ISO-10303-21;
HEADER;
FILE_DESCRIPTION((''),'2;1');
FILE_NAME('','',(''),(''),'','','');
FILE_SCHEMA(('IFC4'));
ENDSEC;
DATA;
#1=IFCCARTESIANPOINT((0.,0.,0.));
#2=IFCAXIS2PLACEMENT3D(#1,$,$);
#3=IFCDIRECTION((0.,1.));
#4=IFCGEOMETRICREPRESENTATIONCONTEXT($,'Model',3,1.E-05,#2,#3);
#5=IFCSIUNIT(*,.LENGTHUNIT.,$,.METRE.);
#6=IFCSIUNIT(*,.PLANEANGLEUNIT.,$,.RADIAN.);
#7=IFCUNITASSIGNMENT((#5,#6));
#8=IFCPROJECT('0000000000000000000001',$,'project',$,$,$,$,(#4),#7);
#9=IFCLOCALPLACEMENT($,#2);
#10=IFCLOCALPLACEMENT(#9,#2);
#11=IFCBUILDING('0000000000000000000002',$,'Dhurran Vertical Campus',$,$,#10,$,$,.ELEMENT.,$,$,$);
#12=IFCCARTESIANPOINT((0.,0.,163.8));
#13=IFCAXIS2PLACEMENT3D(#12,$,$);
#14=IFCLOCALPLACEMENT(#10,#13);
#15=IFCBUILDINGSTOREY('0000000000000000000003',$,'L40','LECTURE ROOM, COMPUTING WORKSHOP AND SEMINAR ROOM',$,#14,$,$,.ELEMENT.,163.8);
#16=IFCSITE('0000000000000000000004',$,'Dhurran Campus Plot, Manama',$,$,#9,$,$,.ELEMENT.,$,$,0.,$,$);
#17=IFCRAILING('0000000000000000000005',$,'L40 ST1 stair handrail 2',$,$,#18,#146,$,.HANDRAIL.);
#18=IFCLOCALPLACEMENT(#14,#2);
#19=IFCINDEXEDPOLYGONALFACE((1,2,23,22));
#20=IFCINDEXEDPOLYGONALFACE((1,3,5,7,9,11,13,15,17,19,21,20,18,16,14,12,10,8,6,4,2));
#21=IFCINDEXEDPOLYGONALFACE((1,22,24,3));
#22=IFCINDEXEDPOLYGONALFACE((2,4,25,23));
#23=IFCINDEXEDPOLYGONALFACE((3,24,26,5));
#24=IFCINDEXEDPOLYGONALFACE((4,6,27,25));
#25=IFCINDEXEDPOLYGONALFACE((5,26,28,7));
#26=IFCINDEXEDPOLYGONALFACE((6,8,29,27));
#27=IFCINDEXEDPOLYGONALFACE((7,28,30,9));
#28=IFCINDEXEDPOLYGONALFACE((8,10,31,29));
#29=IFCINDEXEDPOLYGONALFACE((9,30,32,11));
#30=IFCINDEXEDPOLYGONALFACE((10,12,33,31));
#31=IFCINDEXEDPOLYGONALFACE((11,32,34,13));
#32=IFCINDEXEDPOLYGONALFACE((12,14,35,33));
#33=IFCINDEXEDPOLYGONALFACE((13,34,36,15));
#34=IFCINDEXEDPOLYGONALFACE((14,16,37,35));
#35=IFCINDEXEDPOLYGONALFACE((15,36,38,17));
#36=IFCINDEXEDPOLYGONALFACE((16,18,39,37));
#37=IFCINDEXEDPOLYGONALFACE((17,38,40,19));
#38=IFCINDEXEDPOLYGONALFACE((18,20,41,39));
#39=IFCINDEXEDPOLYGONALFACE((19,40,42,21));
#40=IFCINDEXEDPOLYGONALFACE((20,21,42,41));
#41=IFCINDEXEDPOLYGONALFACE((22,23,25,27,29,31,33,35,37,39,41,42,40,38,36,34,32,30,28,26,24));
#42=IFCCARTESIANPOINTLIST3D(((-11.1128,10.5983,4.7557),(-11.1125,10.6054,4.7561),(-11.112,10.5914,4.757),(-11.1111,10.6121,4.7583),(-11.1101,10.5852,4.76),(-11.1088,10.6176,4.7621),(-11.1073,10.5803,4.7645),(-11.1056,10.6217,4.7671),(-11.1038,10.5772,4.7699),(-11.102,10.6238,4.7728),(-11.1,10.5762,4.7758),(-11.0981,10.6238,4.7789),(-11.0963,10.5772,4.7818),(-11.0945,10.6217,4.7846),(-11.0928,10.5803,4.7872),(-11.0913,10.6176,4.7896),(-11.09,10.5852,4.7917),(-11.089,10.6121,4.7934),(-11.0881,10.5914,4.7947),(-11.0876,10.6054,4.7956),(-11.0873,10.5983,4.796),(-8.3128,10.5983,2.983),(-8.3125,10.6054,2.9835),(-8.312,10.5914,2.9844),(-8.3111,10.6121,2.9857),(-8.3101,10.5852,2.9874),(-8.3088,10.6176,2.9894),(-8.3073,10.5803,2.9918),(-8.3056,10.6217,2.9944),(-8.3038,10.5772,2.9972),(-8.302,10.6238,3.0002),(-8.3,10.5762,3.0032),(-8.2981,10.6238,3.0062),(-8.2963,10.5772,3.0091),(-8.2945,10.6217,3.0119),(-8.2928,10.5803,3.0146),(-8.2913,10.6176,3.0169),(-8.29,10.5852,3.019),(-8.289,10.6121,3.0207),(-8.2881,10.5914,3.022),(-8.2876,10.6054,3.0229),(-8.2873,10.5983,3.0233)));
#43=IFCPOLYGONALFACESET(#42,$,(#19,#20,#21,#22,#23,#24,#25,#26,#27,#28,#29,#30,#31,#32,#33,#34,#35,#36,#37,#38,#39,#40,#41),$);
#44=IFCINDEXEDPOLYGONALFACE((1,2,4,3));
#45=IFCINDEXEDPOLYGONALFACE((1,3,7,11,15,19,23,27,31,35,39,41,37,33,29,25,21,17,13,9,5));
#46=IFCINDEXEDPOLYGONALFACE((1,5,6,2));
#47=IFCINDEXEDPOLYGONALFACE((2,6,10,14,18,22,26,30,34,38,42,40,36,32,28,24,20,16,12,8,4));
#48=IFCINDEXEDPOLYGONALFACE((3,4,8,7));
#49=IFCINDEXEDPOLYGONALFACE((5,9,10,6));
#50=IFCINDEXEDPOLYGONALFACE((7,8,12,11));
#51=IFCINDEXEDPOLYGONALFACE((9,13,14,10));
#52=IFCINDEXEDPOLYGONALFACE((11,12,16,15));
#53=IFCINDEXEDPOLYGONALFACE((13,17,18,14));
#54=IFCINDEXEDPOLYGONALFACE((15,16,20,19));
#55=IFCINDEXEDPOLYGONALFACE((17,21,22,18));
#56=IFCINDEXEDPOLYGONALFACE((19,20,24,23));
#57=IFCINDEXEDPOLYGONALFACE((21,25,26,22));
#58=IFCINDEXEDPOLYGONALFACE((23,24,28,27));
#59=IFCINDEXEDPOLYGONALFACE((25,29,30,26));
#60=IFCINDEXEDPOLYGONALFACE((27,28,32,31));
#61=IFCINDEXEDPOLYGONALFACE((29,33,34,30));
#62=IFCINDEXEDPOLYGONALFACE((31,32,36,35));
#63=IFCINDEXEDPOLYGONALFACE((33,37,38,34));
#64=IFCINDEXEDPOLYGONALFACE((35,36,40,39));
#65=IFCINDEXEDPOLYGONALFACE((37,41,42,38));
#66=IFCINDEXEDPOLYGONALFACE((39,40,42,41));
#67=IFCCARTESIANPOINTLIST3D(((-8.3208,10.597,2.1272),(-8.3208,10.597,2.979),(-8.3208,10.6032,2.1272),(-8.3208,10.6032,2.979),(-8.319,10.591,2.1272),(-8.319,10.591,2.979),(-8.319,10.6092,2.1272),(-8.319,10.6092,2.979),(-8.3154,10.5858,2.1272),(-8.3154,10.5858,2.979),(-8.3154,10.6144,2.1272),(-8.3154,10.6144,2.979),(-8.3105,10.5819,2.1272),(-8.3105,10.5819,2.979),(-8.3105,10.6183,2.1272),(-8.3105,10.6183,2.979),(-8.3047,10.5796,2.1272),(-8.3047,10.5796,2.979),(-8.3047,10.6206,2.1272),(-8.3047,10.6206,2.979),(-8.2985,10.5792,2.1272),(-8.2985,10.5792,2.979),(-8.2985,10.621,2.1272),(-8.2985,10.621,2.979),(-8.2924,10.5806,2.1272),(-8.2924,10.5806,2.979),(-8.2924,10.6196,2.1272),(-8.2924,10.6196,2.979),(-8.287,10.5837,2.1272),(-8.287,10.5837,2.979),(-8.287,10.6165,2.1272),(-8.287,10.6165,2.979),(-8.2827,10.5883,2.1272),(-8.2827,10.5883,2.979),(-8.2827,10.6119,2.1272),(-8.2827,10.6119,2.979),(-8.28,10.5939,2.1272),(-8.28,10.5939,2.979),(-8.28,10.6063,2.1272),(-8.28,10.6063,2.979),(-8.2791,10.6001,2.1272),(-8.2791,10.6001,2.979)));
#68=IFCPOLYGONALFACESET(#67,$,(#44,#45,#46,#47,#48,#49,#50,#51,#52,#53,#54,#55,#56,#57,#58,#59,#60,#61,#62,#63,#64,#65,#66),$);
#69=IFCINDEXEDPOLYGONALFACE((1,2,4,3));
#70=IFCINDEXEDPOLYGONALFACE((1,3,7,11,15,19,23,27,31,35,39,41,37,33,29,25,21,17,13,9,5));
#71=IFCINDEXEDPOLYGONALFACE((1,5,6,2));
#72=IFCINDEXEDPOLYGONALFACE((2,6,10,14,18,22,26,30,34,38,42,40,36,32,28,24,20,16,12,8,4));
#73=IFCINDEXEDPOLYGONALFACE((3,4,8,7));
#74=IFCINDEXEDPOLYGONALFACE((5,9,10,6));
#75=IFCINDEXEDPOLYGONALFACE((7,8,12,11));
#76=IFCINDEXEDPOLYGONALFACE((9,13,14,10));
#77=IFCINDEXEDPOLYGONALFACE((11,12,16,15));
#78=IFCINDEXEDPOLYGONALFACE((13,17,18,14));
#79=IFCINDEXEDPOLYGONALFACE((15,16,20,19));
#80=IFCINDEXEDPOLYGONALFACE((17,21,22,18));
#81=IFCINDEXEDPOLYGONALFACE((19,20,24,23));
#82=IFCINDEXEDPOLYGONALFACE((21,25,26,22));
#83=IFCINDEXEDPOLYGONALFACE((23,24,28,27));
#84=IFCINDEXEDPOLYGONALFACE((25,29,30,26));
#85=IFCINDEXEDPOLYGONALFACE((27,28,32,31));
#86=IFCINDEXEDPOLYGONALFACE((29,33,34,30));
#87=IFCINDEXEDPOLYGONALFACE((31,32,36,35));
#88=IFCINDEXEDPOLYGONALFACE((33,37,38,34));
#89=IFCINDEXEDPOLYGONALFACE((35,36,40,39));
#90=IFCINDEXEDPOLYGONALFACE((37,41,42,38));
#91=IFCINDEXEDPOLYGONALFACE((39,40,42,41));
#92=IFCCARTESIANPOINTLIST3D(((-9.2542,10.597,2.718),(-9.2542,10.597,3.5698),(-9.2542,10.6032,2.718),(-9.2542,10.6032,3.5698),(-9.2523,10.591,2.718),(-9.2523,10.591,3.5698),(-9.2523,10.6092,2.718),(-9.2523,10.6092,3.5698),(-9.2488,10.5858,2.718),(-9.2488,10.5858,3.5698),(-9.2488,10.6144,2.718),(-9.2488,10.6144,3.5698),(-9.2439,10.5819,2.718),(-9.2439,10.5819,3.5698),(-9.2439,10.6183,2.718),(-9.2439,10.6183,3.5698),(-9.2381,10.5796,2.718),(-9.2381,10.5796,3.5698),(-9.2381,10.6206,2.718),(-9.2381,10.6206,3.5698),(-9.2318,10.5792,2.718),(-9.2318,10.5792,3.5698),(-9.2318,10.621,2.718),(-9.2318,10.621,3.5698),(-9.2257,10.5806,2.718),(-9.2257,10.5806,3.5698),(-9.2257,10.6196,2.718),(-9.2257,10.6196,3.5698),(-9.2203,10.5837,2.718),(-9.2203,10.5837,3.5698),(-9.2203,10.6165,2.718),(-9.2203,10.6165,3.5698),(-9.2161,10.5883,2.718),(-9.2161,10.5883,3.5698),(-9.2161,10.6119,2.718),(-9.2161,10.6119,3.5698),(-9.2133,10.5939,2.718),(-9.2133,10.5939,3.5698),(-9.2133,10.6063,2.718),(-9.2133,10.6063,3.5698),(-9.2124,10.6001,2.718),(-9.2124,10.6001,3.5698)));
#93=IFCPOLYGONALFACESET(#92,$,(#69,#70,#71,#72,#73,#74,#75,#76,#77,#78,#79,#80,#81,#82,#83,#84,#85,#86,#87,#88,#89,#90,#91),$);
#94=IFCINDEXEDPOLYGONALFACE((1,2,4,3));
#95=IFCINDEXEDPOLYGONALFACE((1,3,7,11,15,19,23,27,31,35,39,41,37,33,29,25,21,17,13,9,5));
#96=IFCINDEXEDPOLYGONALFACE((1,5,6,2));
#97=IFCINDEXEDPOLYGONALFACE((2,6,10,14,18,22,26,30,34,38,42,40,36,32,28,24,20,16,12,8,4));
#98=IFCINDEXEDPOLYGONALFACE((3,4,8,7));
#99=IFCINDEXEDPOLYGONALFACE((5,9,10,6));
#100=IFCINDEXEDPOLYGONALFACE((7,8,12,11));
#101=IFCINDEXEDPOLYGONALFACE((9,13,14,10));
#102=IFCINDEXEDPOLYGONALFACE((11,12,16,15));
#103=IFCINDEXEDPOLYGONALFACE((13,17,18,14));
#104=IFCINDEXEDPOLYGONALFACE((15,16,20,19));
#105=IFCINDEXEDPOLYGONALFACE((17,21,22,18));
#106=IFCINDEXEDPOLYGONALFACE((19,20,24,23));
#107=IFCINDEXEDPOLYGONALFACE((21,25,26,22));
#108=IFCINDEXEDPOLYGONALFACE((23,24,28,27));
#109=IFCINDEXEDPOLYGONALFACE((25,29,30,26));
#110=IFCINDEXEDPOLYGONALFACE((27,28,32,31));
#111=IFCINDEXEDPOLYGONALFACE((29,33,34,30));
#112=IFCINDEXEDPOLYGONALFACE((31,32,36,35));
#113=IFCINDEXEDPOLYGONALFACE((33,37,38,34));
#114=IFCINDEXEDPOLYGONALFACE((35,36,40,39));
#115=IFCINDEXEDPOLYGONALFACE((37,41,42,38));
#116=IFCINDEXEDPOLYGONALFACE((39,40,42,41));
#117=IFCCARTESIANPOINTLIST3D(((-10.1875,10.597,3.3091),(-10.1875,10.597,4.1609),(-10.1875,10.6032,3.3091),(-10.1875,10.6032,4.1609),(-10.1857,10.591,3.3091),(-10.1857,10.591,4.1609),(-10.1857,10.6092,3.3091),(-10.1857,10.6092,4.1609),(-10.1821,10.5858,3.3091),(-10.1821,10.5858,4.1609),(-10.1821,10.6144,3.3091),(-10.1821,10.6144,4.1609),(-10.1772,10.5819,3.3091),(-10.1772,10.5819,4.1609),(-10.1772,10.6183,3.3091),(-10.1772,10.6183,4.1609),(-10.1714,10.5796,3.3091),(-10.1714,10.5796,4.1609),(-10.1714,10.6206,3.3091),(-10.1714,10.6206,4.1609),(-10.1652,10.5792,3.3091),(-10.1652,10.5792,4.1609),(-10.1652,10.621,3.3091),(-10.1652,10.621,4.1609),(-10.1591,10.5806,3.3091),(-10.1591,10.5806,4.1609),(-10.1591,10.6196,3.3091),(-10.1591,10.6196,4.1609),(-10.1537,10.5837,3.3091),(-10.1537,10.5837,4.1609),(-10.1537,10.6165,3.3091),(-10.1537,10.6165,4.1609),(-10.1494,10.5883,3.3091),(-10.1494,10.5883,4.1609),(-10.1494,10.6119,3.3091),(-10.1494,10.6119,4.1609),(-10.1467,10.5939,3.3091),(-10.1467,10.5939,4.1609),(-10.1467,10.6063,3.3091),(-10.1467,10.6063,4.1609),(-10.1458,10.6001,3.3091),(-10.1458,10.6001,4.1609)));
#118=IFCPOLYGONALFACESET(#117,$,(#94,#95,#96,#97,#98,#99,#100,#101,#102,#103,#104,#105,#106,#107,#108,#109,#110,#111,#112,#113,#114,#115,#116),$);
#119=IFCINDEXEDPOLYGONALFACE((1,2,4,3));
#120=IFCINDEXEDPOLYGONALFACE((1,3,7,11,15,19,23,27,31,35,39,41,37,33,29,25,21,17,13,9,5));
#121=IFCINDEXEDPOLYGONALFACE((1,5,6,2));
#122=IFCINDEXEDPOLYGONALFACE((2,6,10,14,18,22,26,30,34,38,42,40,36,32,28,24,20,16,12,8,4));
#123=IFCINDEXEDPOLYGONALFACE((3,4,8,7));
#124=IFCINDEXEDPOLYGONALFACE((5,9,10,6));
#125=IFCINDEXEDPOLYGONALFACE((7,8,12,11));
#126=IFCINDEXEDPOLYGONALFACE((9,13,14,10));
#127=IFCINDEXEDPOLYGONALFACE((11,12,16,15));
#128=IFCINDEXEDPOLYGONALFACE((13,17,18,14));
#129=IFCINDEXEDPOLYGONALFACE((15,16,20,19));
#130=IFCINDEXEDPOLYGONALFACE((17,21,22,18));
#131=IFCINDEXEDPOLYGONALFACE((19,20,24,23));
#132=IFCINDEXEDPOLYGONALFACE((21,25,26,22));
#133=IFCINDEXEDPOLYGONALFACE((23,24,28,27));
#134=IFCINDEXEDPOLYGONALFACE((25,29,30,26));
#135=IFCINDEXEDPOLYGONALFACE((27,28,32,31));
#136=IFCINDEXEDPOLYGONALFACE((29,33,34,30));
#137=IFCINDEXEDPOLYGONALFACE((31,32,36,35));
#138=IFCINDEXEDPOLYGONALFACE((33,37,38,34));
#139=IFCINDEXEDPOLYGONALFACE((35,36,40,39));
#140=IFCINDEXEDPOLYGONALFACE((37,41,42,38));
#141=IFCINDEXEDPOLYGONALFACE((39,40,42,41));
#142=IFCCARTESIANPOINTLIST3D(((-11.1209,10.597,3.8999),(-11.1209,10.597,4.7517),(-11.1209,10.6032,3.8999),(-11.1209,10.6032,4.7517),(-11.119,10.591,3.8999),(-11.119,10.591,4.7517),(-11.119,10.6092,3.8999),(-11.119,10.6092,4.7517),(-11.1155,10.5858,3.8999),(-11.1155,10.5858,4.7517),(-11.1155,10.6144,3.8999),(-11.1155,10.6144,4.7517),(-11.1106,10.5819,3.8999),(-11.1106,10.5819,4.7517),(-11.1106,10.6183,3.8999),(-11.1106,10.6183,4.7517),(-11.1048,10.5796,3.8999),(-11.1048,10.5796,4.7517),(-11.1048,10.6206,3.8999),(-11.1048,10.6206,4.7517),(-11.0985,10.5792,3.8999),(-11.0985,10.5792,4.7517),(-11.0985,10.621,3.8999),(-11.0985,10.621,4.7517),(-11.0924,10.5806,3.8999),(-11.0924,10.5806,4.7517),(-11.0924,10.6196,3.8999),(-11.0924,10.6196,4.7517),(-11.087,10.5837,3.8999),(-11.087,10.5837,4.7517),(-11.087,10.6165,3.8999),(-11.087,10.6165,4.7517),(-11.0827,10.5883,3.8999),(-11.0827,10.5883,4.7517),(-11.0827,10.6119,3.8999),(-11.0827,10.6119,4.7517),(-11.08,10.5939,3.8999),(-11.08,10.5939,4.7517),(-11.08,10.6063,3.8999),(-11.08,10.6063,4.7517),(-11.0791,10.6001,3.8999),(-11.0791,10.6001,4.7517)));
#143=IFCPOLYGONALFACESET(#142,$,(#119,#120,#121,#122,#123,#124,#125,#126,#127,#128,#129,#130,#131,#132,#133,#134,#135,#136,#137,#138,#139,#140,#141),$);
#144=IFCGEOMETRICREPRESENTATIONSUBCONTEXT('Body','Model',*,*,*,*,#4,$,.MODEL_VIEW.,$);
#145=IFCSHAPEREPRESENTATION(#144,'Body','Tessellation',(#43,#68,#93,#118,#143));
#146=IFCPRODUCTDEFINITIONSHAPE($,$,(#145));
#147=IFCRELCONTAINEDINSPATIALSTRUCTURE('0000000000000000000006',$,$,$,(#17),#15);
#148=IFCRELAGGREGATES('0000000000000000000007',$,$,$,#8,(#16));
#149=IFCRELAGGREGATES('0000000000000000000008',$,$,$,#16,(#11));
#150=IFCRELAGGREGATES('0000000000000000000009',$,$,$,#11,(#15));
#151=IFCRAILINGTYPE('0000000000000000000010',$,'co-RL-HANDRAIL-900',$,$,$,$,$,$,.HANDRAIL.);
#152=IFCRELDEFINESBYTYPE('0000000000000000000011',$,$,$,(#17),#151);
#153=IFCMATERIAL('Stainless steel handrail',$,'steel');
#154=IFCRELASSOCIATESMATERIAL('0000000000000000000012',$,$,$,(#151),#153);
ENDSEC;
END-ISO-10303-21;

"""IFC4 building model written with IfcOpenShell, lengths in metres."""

from ifc_helpers import new_model, si_unit, direction, frame, origin, origin_2d, place, context, subcontext, project, spatial, circle, extrude, material, type_object, element, save


model = new_model("IFC4")

# Units and contexts
model_context = context("Model", 3, precision=1e-05, world=origin(), true_north=direction((0.0, 1.0)))
body_context = subcontext(model_context, "Body", "Model", "MODEL_VIEW")
ifc_project = project(units=[si_unit("LENGTHUNIT", "METRE"), si_unit("PLANEANGLEUNIT", "RADIAN")], contexts=[model_context])

# Site, building, storey
site_placement = place(None, origin())
site = spatial("IfcSite", under=ifc_project, at=site_placement, Name="Dhurran Campus Plot, Manama", CompositionType="ELEMENT", RefElevation=0.0)
building_placement = place(site_placement, origin())
building = spatial("IfcBuilding", under=site, at=building_placement, Name="Dhurran Vertical Campus", CompositionType="ELEMENT")
storey_placement = place(building_placement, frame((0.0, 0.0, 163.8)))
storey = spatial("IfcBuildingStorey", under=building, at=storey_placement, Name="L40", Description="LECTURE ROOM, COMPUTING WORKSHOP AND SEMINAR ROOM", CompositionType="ELEMENT", Elevation=163.8)

# Railing
ifc_material_1 = material(Name="Stainless steel handrail", Category="steel")
railing_type_1 = type_object("IfcRailingType", Name="co-RL-HANDRAIL-900", PredefinedType="HANDRAIL", material=ifc_material_1)
railing_1_placement = place(storey_placement, frame((-8.3, 10.6001, 2.1272)))
element("IfcRailing", 1, at=railing_1_placement, inside=storey, type_object=railing_type_1, Name="L40 ST1 stair handrail 2", PredefinedType="HANDRAIL", context=body_context, shape_type="SweptSolid", body=[
    extrude(circle(Radius=0.0239, at=origin_2d()), frame((0.0, 0.0, 0.876), z_axis=(-0.844909, 0.0, 0.53491), x_axis=(0.0, -1.0, 0.0)), (0.0, 0.0, 1.0), 3.314),
    extrude(circle(Radius=0.021, at=origin_2d()), origin(), (0.0, 0.0, 1.0), 0.8518),
    extrude(circle(Radius=0.021, at=origin_2d()), frame((-0.9333, 0.0, 0.5908)), (0.0, 0.0, 1.0), 0.8518),
    extrude(circle(Radius=0.021, at=origin_2d()), frame((-1.8667, 0.0, 1.1819)), (0.0, 0.0, 1.0), 0.8518),
    extrude(circle(Radius=0.021, at=origin_2d()), frame((-2.8, 0.0, 1.7727)), (0.0, 0.0, 1.0), 0.8518),
])

save(model, "model.ifc")
